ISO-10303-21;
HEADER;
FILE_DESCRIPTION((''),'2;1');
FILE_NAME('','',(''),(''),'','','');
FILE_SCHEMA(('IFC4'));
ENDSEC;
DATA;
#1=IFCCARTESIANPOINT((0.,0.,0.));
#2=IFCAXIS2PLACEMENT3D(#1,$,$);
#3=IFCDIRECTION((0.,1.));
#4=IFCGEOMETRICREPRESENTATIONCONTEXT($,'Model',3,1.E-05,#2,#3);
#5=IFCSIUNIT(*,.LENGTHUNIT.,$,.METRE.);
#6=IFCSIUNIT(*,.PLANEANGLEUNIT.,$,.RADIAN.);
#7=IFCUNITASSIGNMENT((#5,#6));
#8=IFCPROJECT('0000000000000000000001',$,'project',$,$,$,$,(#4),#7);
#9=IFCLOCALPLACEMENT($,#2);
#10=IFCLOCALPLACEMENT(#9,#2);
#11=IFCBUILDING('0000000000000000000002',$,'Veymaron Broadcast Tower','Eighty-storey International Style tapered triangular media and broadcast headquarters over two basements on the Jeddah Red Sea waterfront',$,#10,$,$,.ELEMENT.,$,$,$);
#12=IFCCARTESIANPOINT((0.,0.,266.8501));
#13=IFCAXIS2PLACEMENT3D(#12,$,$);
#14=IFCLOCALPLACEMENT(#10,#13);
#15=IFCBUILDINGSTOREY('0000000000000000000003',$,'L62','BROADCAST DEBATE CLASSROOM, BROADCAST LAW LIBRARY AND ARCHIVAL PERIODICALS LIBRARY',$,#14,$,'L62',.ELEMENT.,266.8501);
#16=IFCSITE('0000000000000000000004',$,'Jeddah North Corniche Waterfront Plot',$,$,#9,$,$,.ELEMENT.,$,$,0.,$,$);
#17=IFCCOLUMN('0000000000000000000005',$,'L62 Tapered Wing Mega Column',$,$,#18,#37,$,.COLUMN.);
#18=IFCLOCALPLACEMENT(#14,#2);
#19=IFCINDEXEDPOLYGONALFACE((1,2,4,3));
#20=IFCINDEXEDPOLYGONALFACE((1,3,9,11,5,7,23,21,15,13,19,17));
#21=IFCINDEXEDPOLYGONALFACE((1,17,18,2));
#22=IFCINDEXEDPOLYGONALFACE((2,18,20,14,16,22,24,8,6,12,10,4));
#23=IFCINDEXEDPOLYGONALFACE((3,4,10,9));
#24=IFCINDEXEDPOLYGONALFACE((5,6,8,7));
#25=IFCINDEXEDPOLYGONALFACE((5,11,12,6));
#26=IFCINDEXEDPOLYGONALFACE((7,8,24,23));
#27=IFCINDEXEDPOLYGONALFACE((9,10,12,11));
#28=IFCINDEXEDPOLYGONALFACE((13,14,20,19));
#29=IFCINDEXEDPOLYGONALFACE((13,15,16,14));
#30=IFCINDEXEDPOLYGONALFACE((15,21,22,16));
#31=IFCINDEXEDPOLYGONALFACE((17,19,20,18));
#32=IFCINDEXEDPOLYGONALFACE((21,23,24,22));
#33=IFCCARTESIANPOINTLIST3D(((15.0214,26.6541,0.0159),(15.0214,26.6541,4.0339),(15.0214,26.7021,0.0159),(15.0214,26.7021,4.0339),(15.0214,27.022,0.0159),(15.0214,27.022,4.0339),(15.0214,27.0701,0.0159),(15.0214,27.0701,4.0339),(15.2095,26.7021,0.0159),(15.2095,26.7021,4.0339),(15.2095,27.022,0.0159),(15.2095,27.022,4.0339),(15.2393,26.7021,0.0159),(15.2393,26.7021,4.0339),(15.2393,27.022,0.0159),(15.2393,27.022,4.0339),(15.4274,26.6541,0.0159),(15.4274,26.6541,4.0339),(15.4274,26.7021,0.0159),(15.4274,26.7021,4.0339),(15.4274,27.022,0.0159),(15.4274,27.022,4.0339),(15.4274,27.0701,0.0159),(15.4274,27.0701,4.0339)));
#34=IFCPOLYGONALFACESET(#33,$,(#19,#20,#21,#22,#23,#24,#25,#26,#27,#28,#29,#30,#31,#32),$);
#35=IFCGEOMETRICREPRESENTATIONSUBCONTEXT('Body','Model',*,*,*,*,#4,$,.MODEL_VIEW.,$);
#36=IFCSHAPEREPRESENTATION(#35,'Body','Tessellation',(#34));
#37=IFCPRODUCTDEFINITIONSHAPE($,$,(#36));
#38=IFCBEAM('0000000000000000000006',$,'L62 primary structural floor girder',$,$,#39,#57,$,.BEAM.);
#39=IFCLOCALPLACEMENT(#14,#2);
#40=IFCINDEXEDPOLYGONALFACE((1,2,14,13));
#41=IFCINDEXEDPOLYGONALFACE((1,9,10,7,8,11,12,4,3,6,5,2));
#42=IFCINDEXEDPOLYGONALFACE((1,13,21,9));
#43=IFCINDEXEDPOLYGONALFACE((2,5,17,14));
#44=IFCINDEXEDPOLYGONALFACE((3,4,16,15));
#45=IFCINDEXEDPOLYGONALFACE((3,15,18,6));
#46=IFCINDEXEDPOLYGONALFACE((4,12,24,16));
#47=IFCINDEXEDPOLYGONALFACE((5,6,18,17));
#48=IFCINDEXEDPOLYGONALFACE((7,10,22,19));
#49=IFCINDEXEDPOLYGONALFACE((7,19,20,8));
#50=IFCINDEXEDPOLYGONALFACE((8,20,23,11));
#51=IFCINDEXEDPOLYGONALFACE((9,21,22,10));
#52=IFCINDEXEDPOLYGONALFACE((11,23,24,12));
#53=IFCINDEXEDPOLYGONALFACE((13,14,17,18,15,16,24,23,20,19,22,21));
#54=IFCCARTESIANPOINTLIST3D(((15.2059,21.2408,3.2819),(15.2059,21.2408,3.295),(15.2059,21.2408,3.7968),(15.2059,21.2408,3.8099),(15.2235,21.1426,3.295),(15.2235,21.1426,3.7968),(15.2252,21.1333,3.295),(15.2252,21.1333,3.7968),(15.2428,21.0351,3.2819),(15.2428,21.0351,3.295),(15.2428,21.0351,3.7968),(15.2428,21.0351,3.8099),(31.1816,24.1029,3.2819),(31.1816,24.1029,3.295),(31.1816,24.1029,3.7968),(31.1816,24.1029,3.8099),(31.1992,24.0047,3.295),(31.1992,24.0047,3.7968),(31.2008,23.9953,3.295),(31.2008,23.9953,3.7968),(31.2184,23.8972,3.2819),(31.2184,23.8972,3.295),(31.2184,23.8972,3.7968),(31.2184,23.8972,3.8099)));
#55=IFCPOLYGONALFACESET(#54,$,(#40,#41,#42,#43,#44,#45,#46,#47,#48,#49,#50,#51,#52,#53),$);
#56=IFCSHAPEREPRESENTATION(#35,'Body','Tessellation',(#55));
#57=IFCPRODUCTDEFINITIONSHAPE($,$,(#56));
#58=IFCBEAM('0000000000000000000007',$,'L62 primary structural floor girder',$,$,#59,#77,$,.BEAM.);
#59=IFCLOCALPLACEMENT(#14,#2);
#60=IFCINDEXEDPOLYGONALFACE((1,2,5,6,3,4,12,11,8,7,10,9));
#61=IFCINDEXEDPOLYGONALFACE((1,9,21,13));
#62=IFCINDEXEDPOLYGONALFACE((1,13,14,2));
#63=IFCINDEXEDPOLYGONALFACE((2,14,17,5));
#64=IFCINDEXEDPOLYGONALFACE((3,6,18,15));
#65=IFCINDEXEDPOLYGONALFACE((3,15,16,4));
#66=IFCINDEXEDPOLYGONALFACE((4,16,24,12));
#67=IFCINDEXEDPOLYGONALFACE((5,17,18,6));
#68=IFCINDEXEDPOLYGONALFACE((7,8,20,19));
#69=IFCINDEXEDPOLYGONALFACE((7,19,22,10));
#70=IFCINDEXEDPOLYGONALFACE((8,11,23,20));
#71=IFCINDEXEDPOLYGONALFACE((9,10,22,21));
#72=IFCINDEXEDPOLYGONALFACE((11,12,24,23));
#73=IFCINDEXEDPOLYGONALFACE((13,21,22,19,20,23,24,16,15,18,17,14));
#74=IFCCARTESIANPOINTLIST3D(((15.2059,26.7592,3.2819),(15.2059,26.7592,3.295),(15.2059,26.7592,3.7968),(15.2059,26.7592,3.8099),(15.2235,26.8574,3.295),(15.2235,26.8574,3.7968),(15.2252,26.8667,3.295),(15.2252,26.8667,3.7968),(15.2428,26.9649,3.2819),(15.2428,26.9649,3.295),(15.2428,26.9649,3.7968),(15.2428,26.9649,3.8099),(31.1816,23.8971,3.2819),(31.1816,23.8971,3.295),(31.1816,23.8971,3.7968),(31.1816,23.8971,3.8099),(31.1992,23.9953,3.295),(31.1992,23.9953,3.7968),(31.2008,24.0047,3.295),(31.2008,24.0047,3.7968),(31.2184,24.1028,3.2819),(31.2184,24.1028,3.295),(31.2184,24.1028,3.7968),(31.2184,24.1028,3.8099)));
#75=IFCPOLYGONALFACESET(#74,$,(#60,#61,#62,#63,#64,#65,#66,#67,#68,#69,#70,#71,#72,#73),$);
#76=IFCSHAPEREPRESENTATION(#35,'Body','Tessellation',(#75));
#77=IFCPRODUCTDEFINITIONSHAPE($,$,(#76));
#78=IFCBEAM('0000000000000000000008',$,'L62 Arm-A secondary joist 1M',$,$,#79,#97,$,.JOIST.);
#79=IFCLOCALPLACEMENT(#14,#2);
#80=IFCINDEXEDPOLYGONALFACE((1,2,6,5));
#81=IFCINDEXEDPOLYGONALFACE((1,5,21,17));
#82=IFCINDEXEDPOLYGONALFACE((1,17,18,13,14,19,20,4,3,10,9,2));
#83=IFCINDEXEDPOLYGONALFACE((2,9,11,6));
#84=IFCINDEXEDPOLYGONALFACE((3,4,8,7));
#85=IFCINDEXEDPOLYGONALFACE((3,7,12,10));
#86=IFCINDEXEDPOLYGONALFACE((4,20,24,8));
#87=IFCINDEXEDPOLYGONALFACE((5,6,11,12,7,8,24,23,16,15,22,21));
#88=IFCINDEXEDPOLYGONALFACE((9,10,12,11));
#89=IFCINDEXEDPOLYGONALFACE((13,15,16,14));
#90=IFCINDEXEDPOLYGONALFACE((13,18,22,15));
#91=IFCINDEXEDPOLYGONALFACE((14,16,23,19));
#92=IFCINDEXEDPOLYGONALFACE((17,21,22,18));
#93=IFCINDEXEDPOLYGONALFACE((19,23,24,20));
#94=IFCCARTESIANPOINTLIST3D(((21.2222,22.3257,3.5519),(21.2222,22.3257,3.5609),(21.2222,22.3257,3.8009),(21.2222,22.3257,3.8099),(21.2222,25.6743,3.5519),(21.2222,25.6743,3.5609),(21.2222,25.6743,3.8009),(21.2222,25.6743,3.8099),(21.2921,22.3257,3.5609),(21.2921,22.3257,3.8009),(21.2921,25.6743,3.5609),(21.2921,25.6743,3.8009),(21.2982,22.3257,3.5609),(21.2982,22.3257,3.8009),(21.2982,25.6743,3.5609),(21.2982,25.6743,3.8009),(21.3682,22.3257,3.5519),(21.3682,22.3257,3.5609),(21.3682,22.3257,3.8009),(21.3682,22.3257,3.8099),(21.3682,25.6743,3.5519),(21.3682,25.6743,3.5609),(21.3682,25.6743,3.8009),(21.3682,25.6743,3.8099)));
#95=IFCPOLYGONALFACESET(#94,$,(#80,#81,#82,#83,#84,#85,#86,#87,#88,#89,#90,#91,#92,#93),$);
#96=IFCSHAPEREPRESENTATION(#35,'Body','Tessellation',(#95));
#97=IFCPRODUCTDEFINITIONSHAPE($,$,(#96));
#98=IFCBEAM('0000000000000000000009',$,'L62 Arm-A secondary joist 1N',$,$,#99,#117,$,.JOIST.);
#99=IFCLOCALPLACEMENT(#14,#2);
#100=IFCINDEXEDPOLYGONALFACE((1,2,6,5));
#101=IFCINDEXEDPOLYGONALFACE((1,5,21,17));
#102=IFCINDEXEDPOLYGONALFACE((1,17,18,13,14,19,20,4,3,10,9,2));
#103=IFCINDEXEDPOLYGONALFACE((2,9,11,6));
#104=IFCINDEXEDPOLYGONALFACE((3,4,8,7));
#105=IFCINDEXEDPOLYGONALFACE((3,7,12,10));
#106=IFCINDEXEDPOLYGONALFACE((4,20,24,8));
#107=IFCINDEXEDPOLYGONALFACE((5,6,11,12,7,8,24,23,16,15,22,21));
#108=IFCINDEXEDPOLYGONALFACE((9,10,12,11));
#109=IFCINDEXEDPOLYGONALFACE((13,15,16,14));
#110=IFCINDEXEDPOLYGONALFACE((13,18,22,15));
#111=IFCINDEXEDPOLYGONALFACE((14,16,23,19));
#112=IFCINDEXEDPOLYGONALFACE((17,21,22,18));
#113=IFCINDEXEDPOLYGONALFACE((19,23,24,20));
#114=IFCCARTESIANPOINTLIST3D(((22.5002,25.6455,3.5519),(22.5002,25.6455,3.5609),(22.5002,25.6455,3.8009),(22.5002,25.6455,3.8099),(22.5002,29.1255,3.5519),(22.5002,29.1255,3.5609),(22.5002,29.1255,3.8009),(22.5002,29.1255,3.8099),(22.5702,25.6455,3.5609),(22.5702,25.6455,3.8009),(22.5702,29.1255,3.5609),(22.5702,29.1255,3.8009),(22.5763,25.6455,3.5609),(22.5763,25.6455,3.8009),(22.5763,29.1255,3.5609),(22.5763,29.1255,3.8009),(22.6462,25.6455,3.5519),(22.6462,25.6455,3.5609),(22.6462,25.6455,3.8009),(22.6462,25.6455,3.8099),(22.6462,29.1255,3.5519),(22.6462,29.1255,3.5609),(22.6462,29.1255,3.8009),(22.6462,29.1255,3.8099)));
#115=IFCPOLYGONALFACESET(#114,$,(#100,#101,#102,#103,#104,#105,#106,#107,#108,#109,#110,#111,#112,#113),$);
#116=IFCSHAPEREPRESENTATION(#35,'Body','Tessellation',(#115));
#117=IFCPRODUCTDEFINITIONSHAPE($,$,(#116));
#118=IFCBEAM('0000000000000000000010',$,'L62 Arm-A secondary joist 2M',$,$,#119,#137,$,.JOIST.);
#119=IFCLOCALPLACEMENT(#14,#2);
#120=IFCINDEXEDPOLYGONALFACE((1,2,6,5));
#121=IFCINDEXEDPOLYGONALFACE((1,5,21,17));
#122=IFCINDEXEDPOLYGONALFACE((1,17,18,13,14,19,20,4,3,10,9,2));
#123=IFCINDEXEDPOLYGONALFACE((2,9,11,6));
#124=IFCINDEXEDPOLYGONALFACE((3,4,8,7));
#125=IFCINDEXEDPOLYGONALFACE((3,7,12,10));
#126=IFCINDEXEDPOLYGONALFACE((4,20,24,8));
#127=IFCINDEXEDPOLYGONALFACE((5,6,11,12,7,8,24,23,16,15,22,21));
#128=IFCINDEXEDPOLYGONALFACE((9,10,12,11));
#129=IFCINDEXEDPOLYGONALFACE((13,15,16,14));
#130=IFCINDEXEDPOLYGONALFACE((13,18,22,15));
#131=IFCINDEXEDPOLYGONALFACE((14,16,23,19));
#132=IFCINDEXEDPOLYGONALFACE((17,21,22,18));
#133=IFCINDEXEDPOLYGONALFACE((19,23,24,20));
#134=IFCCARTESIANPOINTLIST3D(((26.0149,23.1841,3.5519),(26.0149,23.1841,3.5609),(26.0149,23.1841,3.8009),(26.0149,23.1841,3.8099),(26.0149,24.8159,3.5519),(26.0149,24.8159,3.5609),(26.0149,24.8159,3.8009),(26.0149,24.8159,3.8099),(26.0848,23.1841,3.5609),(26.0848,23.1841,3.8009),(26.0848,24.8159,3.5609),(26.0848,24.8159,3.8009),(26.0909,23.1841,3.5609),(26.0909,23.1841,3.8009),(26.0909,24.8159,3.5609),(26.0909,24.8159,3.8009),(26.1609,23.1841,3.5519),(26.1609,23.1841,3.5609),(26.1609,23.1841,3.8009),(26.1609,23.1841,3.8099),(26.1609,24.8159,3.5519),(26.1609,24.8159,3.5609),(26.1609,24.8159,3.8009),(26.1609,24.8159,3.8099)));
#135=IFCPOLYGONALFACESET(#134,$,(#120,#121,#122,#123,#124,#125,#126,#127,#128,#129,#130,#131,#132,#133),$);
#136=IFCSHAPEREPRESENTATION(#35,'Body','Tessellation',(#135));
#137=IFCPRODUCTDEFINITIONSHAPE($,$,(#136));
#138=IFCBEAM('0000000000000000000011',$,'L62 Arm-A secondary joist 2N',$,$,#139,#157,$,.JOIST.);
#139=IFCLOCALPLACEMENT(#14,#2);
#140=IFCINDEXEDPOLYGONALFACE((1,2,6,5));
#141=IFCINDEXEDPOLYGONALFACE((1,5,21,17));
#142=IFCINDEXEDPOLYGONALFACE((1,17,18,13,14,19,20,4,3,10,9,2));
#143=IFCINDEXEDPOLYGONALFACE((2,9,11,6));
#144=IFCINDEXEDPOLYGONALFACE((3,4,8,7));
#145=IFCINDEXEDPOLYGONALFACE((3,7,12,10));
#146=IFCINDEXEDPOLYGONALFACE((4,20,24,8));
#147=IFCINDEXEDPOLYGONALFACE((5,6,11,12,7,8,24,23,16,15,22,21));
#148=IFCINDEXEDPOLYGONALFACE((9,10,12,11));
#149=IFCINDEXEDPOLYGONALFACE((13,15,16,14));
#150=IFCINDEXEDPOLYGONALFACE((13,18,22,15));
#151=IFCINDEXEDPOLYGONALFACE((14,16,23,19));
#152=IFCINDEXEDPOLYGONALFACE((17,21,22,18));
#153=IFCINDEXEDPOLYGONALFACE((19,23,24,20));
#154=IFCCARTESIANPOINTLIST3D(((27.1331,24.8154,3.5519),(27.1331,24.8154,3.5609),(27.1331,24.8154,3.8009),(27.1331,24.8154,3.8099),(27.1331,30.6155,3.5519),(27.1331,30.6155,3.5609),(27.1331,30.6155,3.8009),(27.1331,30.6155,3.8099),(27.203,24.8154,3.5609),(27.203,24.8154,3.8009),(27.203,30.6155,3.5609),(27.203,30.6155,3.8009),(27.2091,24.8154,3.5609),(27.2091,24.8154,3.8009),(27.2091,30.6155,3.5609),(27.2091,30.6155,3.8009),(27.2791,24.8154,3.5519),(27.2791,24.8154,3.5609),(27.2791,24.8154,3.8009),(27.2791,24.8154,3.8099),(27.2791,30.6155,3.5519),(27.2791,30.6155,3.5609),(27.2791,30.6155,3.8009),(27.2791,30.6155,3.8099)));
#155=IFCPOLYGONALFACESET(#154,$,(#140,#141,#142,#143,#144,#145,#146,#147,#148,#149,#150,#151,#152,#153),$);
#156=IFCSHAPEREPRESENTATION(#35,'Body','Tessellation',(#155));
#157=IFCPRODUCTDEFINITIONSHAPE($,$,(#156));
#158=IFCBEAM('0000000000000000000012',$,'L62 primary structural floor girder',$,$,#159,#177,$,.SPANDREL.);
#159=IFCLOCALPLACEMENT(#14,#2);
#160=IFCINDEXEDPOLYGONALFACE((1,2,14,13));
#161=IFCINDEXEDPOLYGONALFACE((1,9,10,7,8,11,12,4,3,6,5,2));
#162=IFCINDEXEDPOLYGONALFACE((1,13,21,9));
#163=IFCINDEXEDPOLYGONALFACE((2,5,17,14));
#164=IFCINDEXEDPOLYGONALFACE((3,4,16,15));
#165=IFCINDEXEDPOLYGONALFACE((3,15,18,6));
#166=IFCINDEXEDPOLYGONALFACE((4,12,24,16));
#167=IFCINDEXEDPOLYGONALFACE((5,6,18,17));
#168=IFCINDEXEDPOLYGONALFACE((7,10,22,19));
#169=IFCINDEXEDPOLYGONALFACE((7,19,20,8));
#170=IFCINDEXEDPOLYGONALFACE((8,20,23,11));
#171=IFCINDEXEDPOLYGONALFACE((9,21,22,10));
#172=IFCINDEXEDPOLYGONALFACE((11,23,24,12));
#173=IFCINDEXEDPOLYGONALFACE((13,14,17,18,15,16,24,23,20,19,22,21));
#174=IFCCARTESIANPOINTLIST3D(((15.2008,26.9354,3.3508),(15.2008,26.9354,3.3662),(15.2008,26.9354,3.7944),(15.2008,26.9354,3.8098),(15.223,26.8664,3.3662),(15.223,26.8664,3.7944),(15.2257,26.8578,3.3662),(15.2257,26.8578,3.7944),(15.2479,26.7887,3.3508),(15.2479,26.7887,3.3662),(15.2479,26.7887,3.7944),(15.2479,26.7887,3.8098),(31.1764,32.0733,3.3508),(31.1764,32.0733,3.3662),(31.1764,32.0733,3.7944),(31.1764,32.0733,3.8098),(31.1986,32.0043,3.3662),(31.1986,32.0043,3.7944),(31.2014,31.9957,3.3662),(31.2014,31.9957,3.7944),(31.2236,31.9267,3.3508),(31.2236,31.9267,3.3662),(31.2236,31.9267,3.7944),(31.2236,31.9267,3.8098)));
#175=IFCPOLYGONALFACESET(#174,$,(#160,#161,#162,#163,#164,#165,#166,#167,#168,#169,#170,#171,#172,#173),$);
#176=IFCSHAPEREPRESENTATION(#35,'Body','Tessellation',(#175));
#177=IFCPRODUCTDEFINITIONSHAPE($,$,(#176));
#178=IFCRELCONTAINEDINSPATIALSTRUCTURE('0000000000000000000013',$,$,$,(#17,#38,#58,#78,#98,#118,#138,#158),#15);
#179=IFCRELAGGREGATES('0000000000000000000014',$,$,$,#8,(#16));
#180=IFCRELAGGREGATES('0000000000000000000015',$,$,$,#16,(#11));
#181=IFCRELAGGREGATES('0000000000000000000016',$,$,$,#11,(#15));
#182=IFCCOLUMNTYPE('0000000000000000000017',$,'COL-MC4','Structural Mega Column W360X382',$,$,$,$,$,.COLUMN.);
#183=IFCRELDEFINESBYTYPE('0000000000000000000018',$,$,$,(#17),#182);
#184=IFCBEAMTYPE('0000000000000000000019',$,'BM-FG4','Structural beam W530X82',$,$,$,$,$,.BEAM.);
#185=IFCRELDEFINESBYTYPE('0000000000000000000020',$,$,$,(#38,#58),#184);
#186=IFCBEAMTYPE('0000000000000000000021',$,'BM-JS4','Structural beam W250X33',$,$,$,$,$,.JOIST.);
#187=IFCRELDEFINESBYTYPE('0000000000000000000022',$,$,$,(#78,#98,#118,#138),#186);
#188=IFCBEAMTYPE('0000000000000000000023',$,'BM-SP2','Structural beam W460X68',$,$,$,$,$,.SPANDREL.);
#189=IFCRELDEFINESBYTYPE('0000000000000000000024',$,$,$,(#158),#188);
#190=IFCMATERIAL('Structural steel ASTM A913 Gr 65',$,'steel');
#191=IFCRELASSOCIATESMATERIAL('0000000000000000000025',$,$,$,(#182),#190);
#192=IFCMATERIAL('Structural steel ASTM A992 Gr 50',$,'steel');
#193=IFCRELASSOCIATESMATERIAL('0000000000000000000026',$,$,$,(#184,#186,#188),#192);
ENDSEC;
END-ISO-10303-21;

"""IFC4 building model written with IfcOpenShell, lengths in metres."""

from ifc_helpers import new_model, si_unit, direction, frame, origin, origin_2d, place, context, subcontext, project, spatial, i_section, extrude, material, material_profile, profile_set, type_object, element, save


model = new_model("IFC4")

# Units and contexts
model_context = context("Model", 3, precision=1e-05, world=origin(), true_north=direction((0.0, 1.0)))
body_context = subcontext(model_context, "Body", "Model", "MODEL_VIEW")
ifc_project = project(units=[si_unit("LENGTHUNIT", "METRE"), si_unit("PLANEANGLEUNIT", "RADIAN")], contexts=[model_context])

# Site, building, storey
site_placement = place(None, origin())
site = spatial("IfcSite", under=ifc_project, at=site_placement, Name="Jeddah North Corniche Waterfront Plot", CompositionType="ELEMENT", RefElevation=0.0)
building_placement = place(site_placement, origin())
building = spatial("IfcBuilding", under=site, at=building_placement, Name="Veymaron Broadcast Tower", Description="Eighty-storey International Style tapered triangular media and broadcast headquarters over two basements on the Jeddah Red Sea waterfront", CompositionType="ELEMENT")
storey_placement = place(building_placement, frame((0.0, 0.0, 266.8501)))
storey = spatial("IfcBuildingStorey", under=building, at=storey_placement, Name="L62", Description="BROADCAST DEBATE CLASSROOM, BROADCAST LAW LIBRARY AND ARCHIVAL PERIODICALS LIBRARY", LongName="L62", CompositionType="ELEMENT", Elevation=266.8501)

# Column
ifc_material_1 = material(Name="Structural steel ASTM A913 Gr 65", Category="steel")
ifc_material_profile_1 = material_profile(ifc_material_1, i_section(OverallWidth=0.406, OverallDepth=0.416, WebThickness=0.0298, FlangeThickness=0.0481, at=origin_2d()), Name="W360X382")
ifc_profile_set_1 = profile_set([ifc_material_profile_1], Name="Structural steel ASTM A913 Gr 65")
column_type = type_object("IfcColumnType", Name="COL-MC4", Description="Structural Mega Column W360X382", PredefinedType="COLUMN", material=ifc_profile_set_1)
column_placement = place(storey_placement, frame((15.2244, 26.8621, 0.0159), z_axis=(0.0, 0.0, 1.0), x_axis=(1.0, 0.0, 0.0)))
element("IfcColumn", 1, at=column_placement, inside=storey, type_object=column_type, Name="L62 Tapered Wing Mega Column", PredefinedType="COLUMN", context=body_context, shape_type="SweptSolid", body=[
    extrude(i_section(OverallWidth=0.406, OverallDepth=0.416, WebThickness=0.0298, FlangeThickness=0.0481, at=origin_2d()), origin(), (0.0, 0.0, 1.0), 4.0181),
])

# Beams
ifc_material_2 = material(Name="Structural steel ASTM A992 Gr 50", Category="steel")
ifc_material_profile_2 = material_profile(ifc_material_2, i_section(OverallWidth=0.209, OverallDepth=0.5281, WebThickness=0.0095, FlangeThickness=0.0132, at=origin_2d()), Name="W530X82")
ifc_profile_set_2 = profile_set([ifc_material_profile_2], Name="Structural steel ASTM A992 Gr 50")
beam_type_1 = type_object("IfcBeamType", Name="BM-FG4", Description="Structural beam W530X82", PredefinedType="BEAM", material=ifc_profile_set_2)
for number, where, z_axis, x_axis, name in (
    (2, (15.2244, 21.1379, 3.5459), (0.984328, 0.176345, 0.0), (-0.176345, 0.984328, 0.0), "L62 primary structural floor girder"),
    (3, (15.2244, 26.8621, 3.5459), (0.984328, -0.176345, 0.0), (0.176345, 0.984328, 0.0), "L62 primary structural floor girder"),
):
    element("IfcBeam", number, at=place(storey_placement, frame(where, z_axis=z_axis, x_axis=x_axis)), inside=storey, type_object=beam_type_1, Name=name, PredefinedType="BEAM", context=body_context, shape_type="SweptSolid", body=[
        extrude(i_section(OverallWidth=0.209, OverallDepth=0.5281, WebThickness=0.0095, FlangeThickness=0.0132, at=origin_2d()), origin(), (0.0, 0.0, 1.0), 16.23),
    ])
ifc_material_profile_3 = material_profile(ifc_material_2, i_section(OverallWidth=0.146, OverallDepth=0.2581, WebThickness=0.0061, FlangeThickness=0.009, at=origin_2d()), Name="W250X33")
ifc_profile_set_3 = profile_set([ifc_material_profile_3], Name="Structural steel ASTM A992 Gr 50")
beam_type_2 = type_object("IfcBeamType", Name="BM-JS4", Description="Structural beam W250X33", PredefinedType="JOIST", material=ifc_profile_set_3)
beam_1_placement = place(storey_placement, frame((21.2952, 22.3257, 3.6809), z_axis=(0.0, 1.0, 0.0), x_axis=(-1.0, 0.0, 0.0)))
element("IfcBeam", 4, at=beam_1_placement, inside=storey, type_object=beam_type_2, Name="L62 Arm-A secondary joist 1M", PredefinedType="JOIST", context=body_context, shape_type="SweptSolid", body=[
    extrude(i_section(OverallWidth=0.146, OverallDepth=0.2581, WebThickness=0.0061, FlangeThickness=0.009, at=origin_2d()), origin(), (0.0, 0.0, 1.0), 3.3486),
])
beam_2_placement = place(storey_placement, frame((22.5732, 25.6455, 3.6809), z_axis=(0.0, 1.0, 0.0), x_axis=(-1.0, 0.0, 0.0)))
element("IfcBeam", 5, at=beam_2_placement, inside=storey, type_object=beam_type_2, Name="L62 Arm-A secondary joist 1N", PredefinedType="JOIST", context=body_context, shape_type="SweptSolid", body=[
    extrude(i_section(OverallWidth=0.146, OverallDepth=0.2581, WebThickness=0.0061, FlangeThickness=0.009, at=origin_2d()), origin(), (0.0, 0.0, 1.0), 3.48),
])
beam_3_placement = place(storey_placement, frame((26.0879, 23.1841, 3.6809), z_axis=(0.0, 1.0, 0.0), x_axis=(-1.0, 0.0, 0.0)))
element("IfcBeam", 6, at=beam_3_placement, inside=storey, type_object=beam_type_2, Name="L62 Arm-A secondary joist 2M", PredefinedType="JOIST", context=body_context, shape_type="SweptSolid", body=[
    extrude(i_section(OverallWidth=0.146, OverallDepth=0.2581, WebThickness=0.0061, FlangeThickness=0.009, at=origin_2d()), origin(), (0.0, 0.0, 1.0), 1.6318),
])
beam_4_placement = place(storey_placement, frame((27.2061, 24.8154, 3.6809), z_axis=(0.0, 1.0, 0.0), x_axis=(-1.0, 0.0, 0.0)))
element("IfcBeam", 7, at=beam_4_placement, inside=storey, type_object=beam_type_2, Name="L62 Arm-A secondary joist 2N", PredefinedType="JOIST", context=body_context, shape_type="SweptSolid", body=[
    extrude(i_section(OverallWidth=0.146, OverallDepth=0.2581, WebThickness=0.0061, FlangeThickness=0.009, at=origin_2d()), origin(), (0.0, 0.0, 1.0), 5.8),
])
ifc_material_profile_4 = material_profile(ifc_material_2, i_section(OverallWidth=0.1541, OverallDepth=0.459, WebThickness=0.009, FlangeThickness=0.0154, at=origin_2d()), Name="W460X68")
ifc_profile_set_4 = profile_set([ifc_material_profile_4], Name="Structural steel ASTM A992 Gr 50")
beam_type_3 = type_object("IfcBeamType", Name="BM-SP2", Description="Structural beam W460X68", PredefinedType="SPANDREL", material=ifc_profile_set_4)
beam_5_placement = place(storey_placement, frame((15.2244, 26.8621, 3.5803), z_axis=(0.951978, 0.306167, 0.0), x_axis=(-0.306167, 0.951978, 0.0)))
element("IfcBeam", 8, at=beam_5_placement, inside=storey, type_object=beam_type_3, Name="L62 primary structural floor girder", PredefinedType="SPANDREL", context=body_context, shape_type="SweptSolid", body=[
    extrude(i_section(OverallWidth=0.1541, OverallDepth=0.459, WebThickness=0.009, FlangeThickness=0.0154, at=origin_2d()), origin(), (0.0, 0.0, 1.0), 16.7815),
])

save(model, "model.ifc")
